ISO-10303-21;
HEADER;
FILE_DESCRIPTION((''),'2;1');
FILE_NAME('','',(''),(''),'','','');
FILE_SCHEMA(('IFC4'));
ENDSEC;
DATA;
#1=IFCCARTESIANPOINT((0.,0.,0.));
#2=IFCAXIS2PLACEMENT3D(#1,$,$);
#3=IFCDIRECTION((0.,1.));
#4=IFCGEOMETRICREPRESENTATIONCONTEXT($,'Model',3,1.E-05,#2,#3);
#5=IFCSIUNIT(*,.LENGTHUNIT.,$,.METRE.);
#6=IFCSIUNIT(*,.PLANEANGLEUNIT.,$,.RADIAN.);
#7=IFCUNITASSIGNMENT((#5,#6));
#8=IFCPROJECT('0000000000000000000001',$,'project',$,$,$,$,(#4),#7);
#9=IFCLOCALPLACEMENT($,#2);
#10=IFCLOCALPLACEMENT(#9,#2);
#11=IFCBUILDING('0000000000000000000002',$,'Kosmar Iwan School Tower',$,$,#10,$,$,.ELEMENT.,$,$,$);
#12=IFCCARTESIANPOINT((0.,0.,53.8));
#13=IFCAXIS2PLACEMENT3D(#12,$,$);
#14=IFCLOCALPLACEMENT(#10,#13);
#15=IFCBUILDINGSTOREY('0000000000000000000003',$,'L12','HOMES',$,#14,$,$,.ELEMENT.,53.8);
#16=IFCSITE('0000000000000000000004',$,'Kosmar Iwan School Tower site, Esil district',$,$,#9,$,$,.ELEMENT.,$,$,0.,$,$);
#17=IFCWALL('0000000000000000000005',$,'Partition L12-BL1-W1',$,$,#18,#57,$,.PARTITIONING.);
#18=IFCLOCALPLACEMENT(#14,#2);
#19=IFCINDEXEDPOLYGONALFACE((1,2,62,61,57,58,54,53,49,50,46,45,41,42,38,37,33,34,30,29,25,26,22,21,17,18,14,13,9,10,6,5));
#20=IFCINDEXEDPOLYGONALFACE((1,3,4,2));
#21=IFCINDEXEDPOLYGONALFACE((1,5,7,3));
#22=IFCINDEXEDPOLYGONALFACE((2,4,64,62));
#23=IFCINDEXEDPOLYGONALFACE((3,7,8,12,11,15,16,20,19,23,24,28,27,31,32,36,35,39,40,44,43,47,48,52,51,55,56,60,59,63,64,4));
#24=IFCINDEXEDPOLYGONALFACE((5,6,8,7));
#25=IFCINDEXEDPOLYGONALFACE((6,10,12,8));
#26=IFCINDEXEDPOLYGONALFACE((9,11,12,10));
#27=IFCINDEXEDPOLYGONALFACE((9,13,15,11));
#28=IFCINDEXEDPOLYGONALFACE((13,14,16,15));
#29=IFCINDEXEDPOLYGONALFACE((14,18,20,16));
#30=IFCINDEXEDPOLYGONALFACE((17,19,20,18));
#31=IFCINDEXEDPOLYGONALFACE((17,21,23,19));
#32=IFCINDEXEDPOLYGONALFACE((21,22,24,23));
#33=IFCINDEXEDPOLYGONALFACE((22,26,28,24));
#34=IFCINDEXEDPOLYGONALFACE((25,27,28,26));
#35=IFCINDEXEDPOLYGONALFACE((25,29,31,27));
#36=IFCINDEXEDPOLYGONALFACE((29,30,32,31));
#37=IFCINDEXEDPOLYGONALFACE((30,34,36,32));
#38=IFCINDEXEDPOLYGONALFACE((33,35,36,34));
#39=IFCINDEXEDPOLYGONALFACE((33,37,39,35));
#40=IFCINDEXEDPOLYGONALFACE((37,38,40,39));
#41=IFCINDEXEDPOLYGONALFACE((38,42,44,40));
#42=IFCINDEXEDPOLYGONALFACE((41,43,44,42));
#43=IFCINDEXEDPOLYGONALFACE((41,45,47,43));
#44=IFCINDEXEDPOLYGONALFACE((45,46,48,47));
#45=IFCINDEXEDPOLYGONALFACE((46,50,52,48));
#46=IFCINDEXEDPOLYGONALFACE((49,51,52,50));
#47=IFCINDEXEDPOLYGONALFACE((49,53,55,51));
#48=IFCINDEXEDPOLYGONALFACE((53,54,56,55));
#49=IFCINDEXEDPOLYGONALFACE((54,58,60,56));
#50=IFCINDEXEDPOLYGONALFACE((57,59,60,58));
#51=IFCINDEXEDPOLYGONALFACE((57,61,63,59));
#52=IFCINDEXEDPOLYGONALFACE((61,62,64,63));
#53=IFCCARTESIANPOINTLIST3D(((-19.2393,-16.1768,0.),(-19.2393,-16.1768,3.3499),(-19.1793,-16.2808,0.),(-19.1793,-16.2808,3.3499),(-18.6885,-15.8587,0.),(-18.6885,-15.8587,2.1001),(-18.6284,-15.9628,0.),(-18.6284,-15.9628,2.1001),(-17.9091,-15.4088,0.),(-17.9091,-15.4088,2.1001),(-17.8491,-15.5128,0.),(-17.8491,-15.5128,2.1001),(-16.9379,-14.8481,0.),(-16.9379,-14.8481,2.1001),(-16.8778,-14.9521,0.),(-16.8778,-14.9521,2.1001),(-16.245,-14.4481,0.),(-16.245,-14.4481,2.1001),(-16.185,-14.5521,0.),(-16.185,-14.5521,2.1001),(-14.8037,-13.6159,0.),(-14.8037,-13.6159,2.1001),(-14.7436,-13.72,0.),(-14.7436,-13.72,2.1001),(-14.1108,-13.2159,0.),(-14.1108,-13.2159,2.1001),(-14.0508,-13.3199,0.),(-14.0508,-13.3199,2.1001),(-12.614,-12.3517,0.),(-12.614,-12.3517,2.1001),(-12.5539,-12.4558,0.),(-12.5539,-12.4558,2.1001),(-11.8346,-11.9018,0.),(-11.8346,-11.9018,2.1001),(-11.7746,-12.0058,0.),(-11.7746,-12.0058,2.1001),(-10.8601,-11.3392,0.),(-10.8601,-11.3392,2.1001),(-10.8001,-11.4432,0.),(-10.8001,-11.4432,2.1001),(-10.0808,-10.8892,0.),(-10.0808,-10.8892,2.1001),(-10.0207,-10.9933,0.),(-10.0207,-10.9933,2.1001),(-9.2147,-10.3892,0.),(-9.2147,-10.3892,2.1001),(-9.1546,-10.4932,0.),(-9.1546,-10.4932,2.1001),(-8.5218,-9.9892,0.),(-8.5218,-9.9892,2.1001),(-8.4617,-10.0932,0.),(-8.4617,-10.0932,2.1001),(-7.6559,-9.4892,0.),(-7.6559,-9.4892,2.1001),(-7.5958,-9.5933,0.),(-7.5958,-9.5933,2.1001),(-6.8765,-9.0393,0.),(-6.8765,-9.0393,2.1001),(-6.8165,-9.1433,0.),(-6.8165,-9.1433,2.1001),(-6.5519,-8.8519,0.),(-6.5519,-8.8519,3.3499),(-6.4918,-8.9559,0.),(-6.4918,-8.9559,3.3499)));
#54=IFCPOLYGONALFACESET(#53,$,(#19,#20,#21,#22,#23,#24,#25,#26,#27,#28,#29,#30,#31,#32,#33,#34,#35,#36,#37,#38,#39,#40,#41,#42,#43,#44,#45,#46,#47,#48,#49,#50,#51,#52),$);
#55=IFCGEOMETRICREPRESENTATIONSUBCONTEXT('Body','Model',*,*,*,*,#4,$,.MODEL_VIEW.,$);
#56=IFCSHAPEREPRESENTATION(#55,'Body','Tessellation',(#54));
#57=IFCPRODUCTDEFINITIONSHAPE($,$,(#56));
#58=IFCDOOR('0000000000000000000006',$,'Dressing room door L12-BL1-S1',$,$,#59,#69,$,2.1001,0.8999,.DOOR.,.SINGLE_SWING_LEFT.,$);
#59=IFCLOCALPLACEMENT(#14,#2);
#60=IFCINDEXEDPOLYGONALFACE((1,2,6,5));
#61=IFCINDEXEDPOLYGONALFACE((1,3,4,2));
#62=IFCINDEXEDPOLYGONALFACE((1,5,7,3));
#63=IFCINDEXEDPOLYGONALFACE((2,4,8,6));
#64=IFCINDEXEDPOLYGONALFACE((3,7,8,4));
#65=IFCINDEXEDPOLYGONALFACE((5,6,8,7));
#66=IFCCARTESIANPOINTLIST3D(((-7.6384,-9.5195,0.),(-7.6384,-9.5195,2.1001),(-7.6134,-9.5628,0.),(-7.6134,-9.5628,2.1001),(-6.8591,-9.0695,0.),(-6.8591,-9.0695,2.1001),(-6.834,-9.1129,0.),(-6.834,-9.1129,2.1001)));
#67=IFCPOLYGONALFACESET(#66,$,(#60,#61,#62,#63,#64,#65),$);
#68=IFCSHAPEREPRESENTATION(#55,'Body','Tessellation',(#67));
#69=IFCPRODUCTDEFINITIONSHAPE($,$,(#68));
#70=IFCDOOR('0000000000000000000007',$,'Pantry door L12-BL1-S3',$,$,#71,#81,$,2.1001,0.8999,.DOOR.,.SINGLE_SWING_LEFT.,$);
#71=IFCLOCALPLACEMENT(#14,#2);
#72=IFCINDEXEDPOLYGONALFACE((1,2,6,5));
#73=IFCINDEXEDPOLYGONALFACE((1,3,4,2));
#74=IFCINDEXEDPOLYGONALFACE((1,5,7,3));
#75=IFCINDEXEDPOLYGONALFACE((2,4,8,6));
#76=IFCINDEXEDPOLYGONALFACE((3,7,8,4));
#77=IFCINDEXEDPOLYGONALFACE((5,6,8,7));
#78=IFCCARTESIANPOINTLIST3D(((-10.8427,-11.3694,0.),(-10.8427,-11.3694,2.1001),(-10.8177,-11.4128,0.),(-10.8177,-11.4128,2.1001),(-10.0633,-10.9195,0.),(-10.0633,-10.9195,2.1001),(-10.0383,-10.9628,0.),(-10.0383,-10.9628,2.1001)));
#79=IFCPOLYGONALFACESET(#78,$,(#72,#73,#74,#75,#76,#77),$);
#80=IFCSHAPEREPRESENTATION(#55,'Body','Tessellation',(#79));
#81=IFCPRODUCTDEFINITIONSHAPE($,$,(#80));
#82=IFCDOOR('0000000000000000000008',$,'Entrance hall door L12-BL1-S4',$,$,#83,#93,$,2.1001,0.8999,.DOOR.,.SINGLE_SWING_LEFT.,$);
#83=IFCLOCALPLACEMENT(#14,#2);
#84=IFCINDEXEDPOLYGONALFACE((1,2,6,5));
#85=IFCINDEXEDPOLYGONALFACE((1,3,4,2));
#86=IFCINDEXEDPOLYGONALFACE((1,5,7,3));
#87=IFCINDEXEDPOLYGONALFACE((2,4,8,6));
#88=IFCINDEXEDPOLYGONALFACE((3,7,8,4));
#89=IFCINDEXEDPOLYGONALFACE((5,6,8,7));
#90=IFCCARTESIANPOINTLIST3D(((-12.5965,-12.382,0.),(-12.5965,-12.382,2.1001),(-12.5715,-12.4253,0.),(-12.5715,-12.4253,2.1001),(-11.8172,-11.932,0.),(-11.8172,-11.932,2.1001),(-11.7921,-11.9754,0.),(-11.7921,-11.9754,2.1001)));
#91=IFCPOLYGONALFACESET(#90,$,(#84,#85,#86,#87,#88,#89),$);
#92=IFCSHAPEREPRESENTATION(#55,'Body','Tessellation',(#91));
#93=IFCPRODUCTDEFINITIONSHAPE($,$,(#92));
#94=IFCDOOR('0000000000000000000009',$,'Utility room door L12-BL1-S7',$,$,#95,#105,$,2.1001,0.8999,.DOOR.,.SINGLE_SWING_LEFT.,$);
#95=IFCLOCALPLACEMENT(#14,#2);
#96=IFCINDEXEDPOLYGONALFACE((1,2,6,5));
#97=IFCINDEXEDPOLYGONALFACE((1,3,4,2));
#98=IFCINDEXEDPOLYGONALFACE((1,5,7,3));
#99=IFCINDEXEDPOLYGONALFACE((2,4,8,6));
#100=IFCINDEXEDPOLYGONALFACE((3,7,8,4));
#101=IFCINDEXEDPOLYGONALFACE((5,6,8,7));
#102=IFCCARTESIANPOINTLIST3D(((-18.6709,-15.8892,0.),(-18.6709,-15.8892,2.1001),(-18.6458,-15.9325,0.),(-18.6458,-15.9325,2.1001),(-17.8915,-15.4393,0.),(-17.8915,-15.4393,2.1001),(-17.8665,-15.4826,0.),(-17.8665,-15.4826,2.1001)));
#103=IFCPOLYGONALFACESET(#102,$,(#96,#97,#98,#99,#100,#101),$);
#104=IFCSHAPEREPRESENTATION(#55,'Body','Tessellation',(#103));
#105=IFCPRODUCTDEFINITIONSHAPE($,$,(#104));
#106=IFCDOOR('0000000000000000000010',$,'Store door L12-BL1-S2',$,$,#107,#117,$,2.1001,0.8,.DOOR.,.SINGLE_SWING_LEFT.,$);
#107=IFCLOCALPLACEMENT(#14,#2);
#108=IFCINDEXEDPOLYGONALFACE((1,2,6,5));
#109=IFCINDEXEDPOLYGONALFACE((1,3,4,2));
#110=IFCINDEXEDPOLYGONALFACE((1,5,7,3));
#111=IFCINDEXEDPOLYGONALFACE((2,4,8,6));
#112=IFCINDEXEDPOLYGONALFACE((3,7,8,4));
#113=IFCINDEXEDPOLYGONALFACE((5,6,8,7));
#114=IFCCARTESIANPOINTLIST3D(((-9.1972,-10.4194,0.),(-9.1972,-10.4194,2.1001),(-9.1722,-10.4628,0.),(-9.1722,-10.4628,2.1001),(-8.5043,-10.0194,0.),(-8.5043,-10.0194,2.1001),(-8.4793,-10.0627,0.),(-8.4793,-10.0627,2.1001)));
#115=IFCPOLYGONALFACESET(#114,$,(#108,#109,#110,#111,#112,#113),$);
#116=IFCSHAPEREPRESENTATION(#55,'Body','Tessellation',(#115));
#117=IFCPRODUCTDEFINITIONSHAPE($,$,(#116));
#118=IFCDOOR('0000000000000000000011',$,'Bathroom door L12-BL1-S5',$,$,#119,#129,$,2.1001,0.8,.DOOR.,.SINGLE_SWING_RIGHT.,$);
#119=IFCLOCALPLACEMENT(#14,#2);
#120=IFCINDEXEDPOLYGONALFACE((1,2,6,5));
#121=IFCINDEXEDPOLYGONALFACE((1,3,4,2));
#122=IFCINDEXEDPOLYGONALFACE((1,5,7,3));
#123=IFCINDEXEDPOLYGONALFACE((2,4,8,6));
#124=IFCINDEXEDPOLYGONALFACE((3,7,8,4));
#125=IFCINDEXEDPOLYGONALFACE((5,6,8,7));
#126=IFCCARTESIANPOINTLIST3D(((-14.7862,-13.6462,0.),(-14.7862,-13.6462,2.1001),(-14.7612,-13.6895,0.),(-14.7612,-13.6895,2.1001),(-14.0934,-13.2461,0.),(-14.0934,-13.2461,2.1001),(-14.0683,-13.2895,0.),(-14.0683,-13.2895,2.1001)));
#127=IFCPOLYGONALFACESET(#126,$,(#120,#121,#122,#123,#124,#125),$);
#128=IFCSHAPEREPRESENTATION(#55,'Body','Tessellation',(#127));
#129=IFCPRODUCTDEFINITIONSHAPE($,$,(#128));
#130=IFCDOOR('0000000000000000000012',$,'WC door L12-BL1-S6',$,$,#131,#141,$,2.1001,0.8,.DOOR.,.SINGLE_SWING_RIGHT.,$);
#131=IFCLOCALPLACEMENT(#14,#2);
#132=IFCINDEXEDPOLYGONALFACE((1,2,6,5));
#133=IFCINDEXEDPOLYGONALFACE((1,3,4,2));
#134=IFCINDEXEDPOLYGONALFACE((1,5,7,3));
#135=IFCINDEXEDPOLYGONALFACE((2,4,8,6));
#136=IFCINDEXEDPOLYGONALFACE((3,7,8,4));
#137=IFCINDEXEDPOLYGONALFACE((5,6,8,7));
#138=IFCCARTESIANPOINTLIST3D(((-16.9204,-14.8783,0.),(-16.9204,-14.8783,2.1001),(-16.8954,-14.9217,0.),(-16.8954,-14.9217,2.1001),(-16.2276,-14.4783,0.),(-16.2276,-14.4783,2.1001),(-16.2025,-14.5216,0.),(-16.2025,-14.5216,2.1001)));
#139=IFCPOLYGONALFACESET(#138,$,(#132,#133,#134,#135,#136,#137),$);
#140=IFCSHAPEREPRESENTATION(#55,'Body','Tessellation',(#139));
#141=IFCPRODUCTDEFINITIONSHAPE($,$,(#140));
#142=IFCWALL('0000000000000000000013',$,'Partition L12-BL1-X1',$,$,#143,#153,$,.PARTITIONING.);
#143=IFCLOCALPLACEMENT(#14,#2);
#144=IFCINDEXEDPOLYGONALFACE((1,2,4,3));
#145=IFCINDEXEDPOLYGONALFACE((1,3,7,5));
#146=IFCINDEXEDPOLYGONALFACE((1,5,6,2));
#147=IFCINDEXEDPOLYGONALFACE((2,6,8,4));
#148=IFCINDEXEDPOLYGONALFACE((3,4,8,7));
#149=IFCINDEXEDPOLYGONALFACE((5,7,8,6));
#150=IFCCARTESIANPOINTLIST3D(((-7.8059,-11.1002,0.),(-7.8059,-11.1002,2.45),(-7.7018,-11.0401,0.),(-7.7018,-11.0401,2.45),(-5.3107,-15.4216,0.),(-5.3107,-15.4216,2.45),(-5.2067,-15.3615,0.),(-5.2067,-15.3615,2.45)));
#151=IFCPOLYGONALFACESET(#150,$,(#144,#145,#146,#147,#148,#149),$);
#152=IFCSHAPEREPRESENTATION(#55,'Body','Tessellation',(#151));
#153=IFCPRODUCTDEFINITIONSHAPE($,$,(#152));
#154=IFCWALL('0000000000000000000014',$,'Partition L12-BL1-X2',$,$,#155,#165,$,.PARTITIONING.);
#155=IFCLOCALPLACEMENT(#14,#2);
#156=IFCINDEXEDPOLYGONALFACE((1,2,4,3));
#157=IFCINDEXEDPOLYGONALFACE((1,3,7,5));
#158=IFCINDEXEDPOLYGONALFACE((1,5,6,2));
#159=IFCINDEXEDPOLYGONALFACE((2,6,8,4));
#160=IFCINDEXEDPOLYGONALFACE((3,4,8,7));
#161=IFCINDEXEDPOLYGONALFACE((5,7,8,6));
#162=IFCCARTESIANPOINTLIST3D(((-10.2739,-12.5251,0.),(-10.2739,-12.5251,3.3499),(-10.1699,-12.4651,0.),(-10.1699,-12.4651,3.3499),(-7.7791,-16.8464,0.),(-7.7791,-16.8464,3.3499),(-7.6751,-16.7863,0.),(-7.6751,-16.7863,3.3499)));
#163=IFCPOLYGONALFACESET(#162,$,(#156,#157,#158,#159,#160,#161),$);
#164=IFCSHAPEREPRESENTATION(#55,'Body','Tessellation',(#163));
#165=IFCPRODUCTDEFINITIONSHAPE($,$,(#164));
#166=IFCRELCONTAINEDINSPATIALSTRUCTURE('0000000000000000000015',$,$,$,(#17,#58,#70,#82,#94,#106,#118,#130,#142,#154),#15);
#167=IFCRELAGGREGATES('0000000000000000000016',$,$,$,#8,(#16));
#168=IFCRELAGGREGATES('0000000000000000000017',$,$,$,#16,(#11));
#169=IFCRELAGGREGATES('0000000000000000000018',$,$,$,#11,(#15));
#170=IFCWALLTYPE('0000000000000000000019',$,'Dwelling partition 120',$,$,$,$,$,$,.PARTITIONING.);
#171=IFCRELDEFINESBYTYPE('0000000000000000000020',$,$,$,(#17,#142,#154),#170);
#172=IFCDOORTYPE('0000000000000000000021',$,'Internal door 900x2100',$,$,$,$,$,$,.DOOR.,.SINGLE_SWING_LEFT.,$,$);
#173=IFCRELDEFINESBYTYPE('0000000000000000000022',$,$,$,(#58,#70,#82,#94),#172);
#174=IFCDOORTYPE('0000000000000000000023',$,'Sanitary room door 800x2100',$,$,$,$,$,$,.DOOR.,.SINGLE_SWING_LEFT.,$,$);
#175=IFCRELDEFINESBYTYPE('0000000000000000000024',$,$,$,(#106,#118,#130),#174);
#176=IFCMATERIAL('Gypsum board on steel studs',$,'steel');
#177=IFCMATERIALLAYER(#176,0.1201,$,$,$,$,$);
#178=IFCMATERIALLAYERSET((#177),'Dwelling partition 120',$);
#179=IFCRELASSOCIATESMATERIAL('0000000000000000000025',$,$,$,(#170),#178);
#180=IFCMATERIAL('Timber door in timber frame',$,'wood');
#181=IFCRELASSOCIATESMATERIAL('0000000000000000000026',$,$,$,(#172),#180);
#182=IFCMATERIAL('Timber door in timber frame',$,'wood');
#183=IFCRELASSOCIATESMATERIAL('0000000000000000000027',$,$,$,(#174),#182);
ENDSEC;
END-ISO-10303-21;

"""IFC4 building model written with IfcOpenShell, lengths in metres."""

from ifc_helpers import new_model, si_unit, direction, frame, frame_2d, origin, place, context, subcontext, project, spatial, rectangle, extrude, material, layer, layer_set, type_object, element, fill, save


model = new_model("IFC4")

# Units and contexts
model_context = context("Model", 3, precision=1e-05, world=origin(), true_north=direction((0.0, 1.0)))
body_context = subcontext(model_context, "Body", "Model", "MODEL_VIEW")
ifc_project = project(units=[si_unit("LENGTHUNIT", "METRE"), si_unit("PLANEANGLEUNIT", "RADIAN")], contexts=[model_context])

# Site, building, storey
site_placement = place(None, origin())
site = spatial("IfcSite", under=ifc_project, at=site_placement, Name="Kosmar Iwan School Tower site, Esil district", CompositionType="ELEMENT", RefElevation=0.0)
building_placement = place(site_placement, origin())
building = spatial("IfcBuilding", under=site, at=building_placement, Name="Kosmar Iwan School Tower", CompositionType="ELEMENT")
storey_placement = place(building_placement, frame((0.0, 0.0, 53.8)))
storey = spatial("IfcBuildingStorey", under=building, at=storey_placement, Name="L12", Description="HOMES", CompositionType="ELEMENT", Elevation=53.8)

# Wall, openings, doors
ifc_material_1 = material(Name="Gypsum board on steel studs", Category="steel")
ifc_layer_1 = layer(ifc_material_1, 0.1201)
ifc_layer_set_1 = layer_set([ifc_layer_1], Name="Dwelling partition 120")
wall_type_1 = type_object("IfcWallType", Name="Dwelling partition 120", PredefinedType="PARTITIONING", material=ifc_layer_set_1)
wall_1_placement = place(storey_placement, frame((-6.5217, -8.9038, 0.0), z_axis=(0.0, 0.0, 1.0), x_axis=(-0.866031, -0.499991, 0.0)))
wall_1 = element("IfcWall", 1, at=wall_1_placement, inside=storey, type_object=wall_type_1, Name="Partition L12-BL1-W1", PredefinedType="PARTITIONING", context=body_context, shape_type="SweptSolid", body=[
    extrude(rectangle(XDim=14.6501, YDim=0.1201, at=frame_2d((7.3252, 0.0))), origin(), (0.0, 0.0, 1.0), 3.3499),
])
opening_1_placement = place(wall_1_placement, frame((0.375, 0.0, 0.0)))
opening_1 = element("IfcOpeningElement", 2, at=opening_1_placement, cuts=wall_1, PredefinedType="OPENING", context=body_context, shape_type="SweptSolid", body=[
    extrude(rectangle(XDim=0.8999, YDim=2.1001, at=frame_2d((0.45, 1.05))), frame((0.0, 0.072, 0.0), z_axis=(0.0, -1.0, 0.0), x_axis=(1.0, 0.0, 0.0)), (0.0, 0.0, 1.0), 0.144),
])
opening_2_placement = place(wall_1_placement, frame((2.2749, 0.0, 0.0)))
opening_2 = element("IfcOpeningElement", 3, at=opening_2_placement, cuts=wall_1, PredefinedType="OPENING", context=body_context, shape_type="SweptSolid", body=[
    extrude(rectangle(XDim=0.8, YDim=2.1001, at=frame_2d((0.3999, 1.05))), frame((0.0, 0.072, 0.0), z_axis=(0.0, -1.0, 0.0), x_axis=(1.0, 0.0, 0.0)), (0.0, 0.0, 1.0), 0.144),
])
opening_3_placement = place(wall_1_placement, frame((4.075, 0.0, 0.0)))
opening_3 = element("IfcOpeningElement", 4, at=opening_3_placement, cuts=wall_1, PredefinedType="OPENING", context=body_context, shape_type="SweptSolid", body=[
    extrude(rectangle(XDim=0.8999, YDim=2.1001, at=frame_2d((0.45, 1.05))), frame((0.0, 0.072, 0.0), z_axis=(0.0, -1.0, 0.0), x_axis=(1.0, 0.0, 0.0)), (0.0, 0.0, 1.0), 0.144),
])
opening_4_placement = place(wall_1_placement, frame((6.1001, 0.0, 0.0)))
opening_4 = element("IfcOpeningElement", 5, at=opening_4_placement, cuts=wall_1, PredefinedType="OPENING", context=body_context, shape_type="SweptSolid", body=[
    extrude(rectangle(XDim=0.8999, YDim=2.1001, at=frame_2d((0.45, 1.05))), frame((0.0, 0.072, 0.0), z_axis=(0.0, -1.0, 0.0), x_axis=(1.0, 0.0, 0.0)), (0.0, 0.0, 1.0), 0.144),
])
opening_5_placement = place(wall_1_placement, frame((8.7285, 0.0, 0.0)))
opening_5 = element("IfcOpeningElement", 6, at=opening_5_placement, cuts=wall_1, PredefinedType="OPENING", context=body_context, shape_type="SweptSolid", body=[
    extrude(rectangle(XDim=0.8, YDim=2.1001, at=frame_2d((0.3999, 1.05))), frame((0.0, 0.072, 0.0), z_axis=(0.0, -1.0, 0.0), x_axis=(1.0, 0.0, 0.0)), (0.0, 0.0, 1.0), 0.144),
])
opening_6_placement = place(wall_1_placement, frame((11.1929, 0.0, 0.0)))
opening_6 = element("IfcOpeningElement", 7, at=opening_6_placement, cuts=wall_1, PredefinedType="OPENING", context=body_context, shape_type="SweptSolid", body=[
    extrude(rectangle(XDim=0.8, YDim=2.1001, at=frame_2d((0.3999, 1.05))), frame((0.0, 0.072, 0.0), z_axis=(0.0, -1.0, 0.0), x_axis=(1.0, 0.0, 0.0)), (0.0, 0.0, 1.0), 0.144),
])
opening_7_placement = place(wall_1_placement, frame((13.1143, 0.0, 0.0)))
opening_7 = element("IfcOpeningElement", 8, at=opening_7_placement, cuts=wall_1, PredefinedType="OPENING", context=body_context, shape_type="SweptSolid", body=[
    extrude(rectangle(XDim=0.8999, YDim=2.1001, at=frame_2d((0.45, 1.05))), frame((0.0, 0.072, 0.0), z_axis=(0.0, -1.0, 0.0), x_axis=(1.0, 0.0, 0.0)), (0.0, 0.0, 1.0), 0.144),
])
ifc_material_2 = material(Name="Timber door in timber frame", Category="wood")
door_type_1 = type_object("IfcDoorType", Name="Internal door 900x2100", OperationType="SINGLE_SWING_LEFT", PredefinedType="DOOR", material=ifc_material_2)
door_1_placement = place(opening_1_placement, origin())
door_1 = element("IfcDoor", 9, at=door_1_placement, inside=storey, type_object=door_type_1, Name="Dressing room door L12-BL1-S1", OperationType="SINGLE_SWING_LEFT", OverallHeight=2.1001, OverallWidth=0.8999, PredefinedType="DOOR", context=body_context, shape_type="SweptSolid", body=[
    extrude(rectangle(XDim=0.8999, YDim=2.1001, at=frame_2d((0.45, 1.05))), frame((0.0, 0.0249, 0.0), z_axis=(0.0, -1.0, 0.0), x_axis=(1.0, 0.0, 0.0)), (0.0, 0.0, 1.0), 0.05),
])
fill(opening_1, door_1)
door_2_placement = place(opening_3_placement, origin())
door_2 = element("IfcDoor", 10, at=door_2_placement, inside=storey, type_object=door_type_1, Name="Pantry door L12-BL1-S3", OperationType="SINGLE_SWING_LEFT", OverallHeight=2.1001, OverallWidth=0.8999, PredefinedType="DOOR", context=body_context, shape_type="SweptSolid", body=[
    extrude(rectangle(XDim=0.8999, YDim=2.1001, at=frame_2d((0.45, 1.05))), frame((0.0, 0.0249, 0.0), z_axis=(0.0, -1.0, 0.0), x_axis=(1.0, 0.0, 0.0)), (0.0, 0.0, 1.0), 0.05),
])
fill(opening_3, door_2)
door_3_placement = place(opening_4_placement, origin())
door_3 = element("IfcDoor", 11, at=door_3_placement, inside=storey, type_object=door_type_1, Name="Entrance hall door L12-BL1-S4", OperationType="SINGLE_SWING_LEFT", OverallHeight=2.1001, OverallWidth=0.8999, PredefinedType="DOOR", context=body_context, shape_type="SweptSolid", body=[
    extrude(rectangle(XDim=0.8999, YDim=2.1001, at=frame_2d((0.45, 1.05))), frame((0.0, 0.0249, 0.0), z_axis=(0.0, -1.0, 0.0), x_axis=(1.0, 0.0, 0.0)), (0.0, 0.0, 1.0), 0.05),
])
fill(opening_4, door_3)
door_4_placement = place(opening_7_placement, frame((0.8999, 0.0, 0.0), z_axis=(0.0, 0.0, 1.0), x_axis=(-1.0, 0.0, 0.0)))
door_4 = element("IfcDoor", 12, at=door_4_placement, inside=storey, type_object=door_type_1, Name="Utility room door L12-BL1-S7", OperationType="SINGLE_SWING_LEFT", OverallHeight=2.1001, OverallWidth=0.8999, PredefinedType="DOOR", context=body_context, shape_type="SweptSolid", body=[
    extrude(rectangle(XDim=0.8999, YDim=2.1001, at=frame_2d((0.45, 1.05))), frame((0.0, 0.0249, 0.0), z_axis=(0.0, -1.0, 0.0), x_axis=(1.0, 0.0, 0.0)), (0.0, 0.0, 1.0), 0.05),
])
fill(opening_7, door_4)
ifc_material_3 = material(Name="Timber door in timber frame", Category="wood")
door_type_2 = type_object("IfcDoorType", Name="Sanitary room door 800x2100", OperationType="SINGLE_SWING_LEFT", PredefinedType="DOOR", material=ifc_material_3)
door_5_placement = place(opening_2_placement, origin())
door_5 = element("IfcDoor", 13, at=door_5_placement, inside=storey, type_object=door_type_2, Name="Store door L12-BL1-S2", OperationType="SINGLE_SWING_LEFT", OverallHeight=2.1001, OverallWidth=0.8, PredefinedType="DOOR", context=body_context, shape_type="SweptSolid", body=[
    extrude(rectangle(XDim=0.8, YDim=2.1001, at=frame_2d((0.3999, 1.05))), frame((0.0, 0.0249, 0.0), z_axis=(0.0, -1.0, 0.0), x_axis=(1.0, 0.0, 0.0)), (0.0, 0.0, 1.0), 0.05),
])
fill(opening_2, door_5)
door_6_placement = place(opening_5_placement, origin())
door_6 = element("IfcDoor", 14, at=door_6_placement, inside=storey, type_object=door_type_2, Name="Bathroom door L12-BL1-S5", OperationType="SINGLE_SWING_RIGHT", OverallHeight=2.1001, OverallWidth=0.8, PredefinedType="DOOR", context=body_context, shape_type="SweptSolid", body=[
    extrude(rectangle(XDim=0.8, YDim=2.1001, at=frame_2d((0.3999, 1.05))), frame((0.0, 0.0249, 0.0), z_axis=(0.0, -1.0, 0.0), x_axis=(1.0, 0.0, 0.0)), (0.0, 0.0, 1.0), 0.05),
])
fill(opening_5, door_6)
door_7_placement = place(opening_6_placement, origin())
door_7 = element("IfcDoor", 15, at=door_7_placement, inside=storey, type_object=door_type_2, Name="WC door L12-BL1-S6", OperationType="SINGLE_SWING_RIGHT", OverallHeight=2.1001, OverallWidth=0.8, PredefinedType="DOOR", context=body_context, shape_type="SweptSolid", body=[
    extrude(rectangle(XDim=0.8, YDim=2.1001, at=frame_2d((0.3999, 1.05))), frame((0.0, 0.0249, 0.0), z_axis=(0.0, -1.0, 0.0), x_axis=(1.0, 0.0, 0.0)), (0.0, 0.0, 1.0), 0.05),
])
fill(opening_6, door_7)

# Walls
wall_2_placement = place(storey_placement, frame((-7.7539, -11.0701, 0.0), z_axis=(0.0, 0.0, 1.0), x_axis=(0.500033, -0.866006, 0.0)))
element("IfcWall", 16, at=wall_2_placement, inside=storey, type_object=wall_type_1, Name="Partition L12-BL1-X1", PredefinedType="PARTITIONING", context=body_context, shape_type="SweptSolid", body=[
    extrude(rectangle(XDim=4.99, YDim=0.1201, at=frame_2d((2.4951, 0.0))), origin(), (0.0, 0.0, 1.0), 2.45),
])
wall_3_placement = place(storey_placement, frame((-10.2219, -12.4951, 0.0), z_axis=(0.0, 0.0, 1.0), x_axis=(0.499996, -0.866028, 0.0)))
element("IfcWall", 17, at=wall_3_placement, inside=storey, type_object=wall_type_1, Name="Partition L12-BL1-X2", PredefinedType="PARTITIONING", context=body_context, shape_type="SweptSolid", body=[
    extrude(rectangle(XDim=4.9897, YDim=0.1201, at=frame_2d((2.4949, 0.0))), origin(), (0.0, 0.0, 1.0), 3.3499),
])

save(model, "model.ifc")
